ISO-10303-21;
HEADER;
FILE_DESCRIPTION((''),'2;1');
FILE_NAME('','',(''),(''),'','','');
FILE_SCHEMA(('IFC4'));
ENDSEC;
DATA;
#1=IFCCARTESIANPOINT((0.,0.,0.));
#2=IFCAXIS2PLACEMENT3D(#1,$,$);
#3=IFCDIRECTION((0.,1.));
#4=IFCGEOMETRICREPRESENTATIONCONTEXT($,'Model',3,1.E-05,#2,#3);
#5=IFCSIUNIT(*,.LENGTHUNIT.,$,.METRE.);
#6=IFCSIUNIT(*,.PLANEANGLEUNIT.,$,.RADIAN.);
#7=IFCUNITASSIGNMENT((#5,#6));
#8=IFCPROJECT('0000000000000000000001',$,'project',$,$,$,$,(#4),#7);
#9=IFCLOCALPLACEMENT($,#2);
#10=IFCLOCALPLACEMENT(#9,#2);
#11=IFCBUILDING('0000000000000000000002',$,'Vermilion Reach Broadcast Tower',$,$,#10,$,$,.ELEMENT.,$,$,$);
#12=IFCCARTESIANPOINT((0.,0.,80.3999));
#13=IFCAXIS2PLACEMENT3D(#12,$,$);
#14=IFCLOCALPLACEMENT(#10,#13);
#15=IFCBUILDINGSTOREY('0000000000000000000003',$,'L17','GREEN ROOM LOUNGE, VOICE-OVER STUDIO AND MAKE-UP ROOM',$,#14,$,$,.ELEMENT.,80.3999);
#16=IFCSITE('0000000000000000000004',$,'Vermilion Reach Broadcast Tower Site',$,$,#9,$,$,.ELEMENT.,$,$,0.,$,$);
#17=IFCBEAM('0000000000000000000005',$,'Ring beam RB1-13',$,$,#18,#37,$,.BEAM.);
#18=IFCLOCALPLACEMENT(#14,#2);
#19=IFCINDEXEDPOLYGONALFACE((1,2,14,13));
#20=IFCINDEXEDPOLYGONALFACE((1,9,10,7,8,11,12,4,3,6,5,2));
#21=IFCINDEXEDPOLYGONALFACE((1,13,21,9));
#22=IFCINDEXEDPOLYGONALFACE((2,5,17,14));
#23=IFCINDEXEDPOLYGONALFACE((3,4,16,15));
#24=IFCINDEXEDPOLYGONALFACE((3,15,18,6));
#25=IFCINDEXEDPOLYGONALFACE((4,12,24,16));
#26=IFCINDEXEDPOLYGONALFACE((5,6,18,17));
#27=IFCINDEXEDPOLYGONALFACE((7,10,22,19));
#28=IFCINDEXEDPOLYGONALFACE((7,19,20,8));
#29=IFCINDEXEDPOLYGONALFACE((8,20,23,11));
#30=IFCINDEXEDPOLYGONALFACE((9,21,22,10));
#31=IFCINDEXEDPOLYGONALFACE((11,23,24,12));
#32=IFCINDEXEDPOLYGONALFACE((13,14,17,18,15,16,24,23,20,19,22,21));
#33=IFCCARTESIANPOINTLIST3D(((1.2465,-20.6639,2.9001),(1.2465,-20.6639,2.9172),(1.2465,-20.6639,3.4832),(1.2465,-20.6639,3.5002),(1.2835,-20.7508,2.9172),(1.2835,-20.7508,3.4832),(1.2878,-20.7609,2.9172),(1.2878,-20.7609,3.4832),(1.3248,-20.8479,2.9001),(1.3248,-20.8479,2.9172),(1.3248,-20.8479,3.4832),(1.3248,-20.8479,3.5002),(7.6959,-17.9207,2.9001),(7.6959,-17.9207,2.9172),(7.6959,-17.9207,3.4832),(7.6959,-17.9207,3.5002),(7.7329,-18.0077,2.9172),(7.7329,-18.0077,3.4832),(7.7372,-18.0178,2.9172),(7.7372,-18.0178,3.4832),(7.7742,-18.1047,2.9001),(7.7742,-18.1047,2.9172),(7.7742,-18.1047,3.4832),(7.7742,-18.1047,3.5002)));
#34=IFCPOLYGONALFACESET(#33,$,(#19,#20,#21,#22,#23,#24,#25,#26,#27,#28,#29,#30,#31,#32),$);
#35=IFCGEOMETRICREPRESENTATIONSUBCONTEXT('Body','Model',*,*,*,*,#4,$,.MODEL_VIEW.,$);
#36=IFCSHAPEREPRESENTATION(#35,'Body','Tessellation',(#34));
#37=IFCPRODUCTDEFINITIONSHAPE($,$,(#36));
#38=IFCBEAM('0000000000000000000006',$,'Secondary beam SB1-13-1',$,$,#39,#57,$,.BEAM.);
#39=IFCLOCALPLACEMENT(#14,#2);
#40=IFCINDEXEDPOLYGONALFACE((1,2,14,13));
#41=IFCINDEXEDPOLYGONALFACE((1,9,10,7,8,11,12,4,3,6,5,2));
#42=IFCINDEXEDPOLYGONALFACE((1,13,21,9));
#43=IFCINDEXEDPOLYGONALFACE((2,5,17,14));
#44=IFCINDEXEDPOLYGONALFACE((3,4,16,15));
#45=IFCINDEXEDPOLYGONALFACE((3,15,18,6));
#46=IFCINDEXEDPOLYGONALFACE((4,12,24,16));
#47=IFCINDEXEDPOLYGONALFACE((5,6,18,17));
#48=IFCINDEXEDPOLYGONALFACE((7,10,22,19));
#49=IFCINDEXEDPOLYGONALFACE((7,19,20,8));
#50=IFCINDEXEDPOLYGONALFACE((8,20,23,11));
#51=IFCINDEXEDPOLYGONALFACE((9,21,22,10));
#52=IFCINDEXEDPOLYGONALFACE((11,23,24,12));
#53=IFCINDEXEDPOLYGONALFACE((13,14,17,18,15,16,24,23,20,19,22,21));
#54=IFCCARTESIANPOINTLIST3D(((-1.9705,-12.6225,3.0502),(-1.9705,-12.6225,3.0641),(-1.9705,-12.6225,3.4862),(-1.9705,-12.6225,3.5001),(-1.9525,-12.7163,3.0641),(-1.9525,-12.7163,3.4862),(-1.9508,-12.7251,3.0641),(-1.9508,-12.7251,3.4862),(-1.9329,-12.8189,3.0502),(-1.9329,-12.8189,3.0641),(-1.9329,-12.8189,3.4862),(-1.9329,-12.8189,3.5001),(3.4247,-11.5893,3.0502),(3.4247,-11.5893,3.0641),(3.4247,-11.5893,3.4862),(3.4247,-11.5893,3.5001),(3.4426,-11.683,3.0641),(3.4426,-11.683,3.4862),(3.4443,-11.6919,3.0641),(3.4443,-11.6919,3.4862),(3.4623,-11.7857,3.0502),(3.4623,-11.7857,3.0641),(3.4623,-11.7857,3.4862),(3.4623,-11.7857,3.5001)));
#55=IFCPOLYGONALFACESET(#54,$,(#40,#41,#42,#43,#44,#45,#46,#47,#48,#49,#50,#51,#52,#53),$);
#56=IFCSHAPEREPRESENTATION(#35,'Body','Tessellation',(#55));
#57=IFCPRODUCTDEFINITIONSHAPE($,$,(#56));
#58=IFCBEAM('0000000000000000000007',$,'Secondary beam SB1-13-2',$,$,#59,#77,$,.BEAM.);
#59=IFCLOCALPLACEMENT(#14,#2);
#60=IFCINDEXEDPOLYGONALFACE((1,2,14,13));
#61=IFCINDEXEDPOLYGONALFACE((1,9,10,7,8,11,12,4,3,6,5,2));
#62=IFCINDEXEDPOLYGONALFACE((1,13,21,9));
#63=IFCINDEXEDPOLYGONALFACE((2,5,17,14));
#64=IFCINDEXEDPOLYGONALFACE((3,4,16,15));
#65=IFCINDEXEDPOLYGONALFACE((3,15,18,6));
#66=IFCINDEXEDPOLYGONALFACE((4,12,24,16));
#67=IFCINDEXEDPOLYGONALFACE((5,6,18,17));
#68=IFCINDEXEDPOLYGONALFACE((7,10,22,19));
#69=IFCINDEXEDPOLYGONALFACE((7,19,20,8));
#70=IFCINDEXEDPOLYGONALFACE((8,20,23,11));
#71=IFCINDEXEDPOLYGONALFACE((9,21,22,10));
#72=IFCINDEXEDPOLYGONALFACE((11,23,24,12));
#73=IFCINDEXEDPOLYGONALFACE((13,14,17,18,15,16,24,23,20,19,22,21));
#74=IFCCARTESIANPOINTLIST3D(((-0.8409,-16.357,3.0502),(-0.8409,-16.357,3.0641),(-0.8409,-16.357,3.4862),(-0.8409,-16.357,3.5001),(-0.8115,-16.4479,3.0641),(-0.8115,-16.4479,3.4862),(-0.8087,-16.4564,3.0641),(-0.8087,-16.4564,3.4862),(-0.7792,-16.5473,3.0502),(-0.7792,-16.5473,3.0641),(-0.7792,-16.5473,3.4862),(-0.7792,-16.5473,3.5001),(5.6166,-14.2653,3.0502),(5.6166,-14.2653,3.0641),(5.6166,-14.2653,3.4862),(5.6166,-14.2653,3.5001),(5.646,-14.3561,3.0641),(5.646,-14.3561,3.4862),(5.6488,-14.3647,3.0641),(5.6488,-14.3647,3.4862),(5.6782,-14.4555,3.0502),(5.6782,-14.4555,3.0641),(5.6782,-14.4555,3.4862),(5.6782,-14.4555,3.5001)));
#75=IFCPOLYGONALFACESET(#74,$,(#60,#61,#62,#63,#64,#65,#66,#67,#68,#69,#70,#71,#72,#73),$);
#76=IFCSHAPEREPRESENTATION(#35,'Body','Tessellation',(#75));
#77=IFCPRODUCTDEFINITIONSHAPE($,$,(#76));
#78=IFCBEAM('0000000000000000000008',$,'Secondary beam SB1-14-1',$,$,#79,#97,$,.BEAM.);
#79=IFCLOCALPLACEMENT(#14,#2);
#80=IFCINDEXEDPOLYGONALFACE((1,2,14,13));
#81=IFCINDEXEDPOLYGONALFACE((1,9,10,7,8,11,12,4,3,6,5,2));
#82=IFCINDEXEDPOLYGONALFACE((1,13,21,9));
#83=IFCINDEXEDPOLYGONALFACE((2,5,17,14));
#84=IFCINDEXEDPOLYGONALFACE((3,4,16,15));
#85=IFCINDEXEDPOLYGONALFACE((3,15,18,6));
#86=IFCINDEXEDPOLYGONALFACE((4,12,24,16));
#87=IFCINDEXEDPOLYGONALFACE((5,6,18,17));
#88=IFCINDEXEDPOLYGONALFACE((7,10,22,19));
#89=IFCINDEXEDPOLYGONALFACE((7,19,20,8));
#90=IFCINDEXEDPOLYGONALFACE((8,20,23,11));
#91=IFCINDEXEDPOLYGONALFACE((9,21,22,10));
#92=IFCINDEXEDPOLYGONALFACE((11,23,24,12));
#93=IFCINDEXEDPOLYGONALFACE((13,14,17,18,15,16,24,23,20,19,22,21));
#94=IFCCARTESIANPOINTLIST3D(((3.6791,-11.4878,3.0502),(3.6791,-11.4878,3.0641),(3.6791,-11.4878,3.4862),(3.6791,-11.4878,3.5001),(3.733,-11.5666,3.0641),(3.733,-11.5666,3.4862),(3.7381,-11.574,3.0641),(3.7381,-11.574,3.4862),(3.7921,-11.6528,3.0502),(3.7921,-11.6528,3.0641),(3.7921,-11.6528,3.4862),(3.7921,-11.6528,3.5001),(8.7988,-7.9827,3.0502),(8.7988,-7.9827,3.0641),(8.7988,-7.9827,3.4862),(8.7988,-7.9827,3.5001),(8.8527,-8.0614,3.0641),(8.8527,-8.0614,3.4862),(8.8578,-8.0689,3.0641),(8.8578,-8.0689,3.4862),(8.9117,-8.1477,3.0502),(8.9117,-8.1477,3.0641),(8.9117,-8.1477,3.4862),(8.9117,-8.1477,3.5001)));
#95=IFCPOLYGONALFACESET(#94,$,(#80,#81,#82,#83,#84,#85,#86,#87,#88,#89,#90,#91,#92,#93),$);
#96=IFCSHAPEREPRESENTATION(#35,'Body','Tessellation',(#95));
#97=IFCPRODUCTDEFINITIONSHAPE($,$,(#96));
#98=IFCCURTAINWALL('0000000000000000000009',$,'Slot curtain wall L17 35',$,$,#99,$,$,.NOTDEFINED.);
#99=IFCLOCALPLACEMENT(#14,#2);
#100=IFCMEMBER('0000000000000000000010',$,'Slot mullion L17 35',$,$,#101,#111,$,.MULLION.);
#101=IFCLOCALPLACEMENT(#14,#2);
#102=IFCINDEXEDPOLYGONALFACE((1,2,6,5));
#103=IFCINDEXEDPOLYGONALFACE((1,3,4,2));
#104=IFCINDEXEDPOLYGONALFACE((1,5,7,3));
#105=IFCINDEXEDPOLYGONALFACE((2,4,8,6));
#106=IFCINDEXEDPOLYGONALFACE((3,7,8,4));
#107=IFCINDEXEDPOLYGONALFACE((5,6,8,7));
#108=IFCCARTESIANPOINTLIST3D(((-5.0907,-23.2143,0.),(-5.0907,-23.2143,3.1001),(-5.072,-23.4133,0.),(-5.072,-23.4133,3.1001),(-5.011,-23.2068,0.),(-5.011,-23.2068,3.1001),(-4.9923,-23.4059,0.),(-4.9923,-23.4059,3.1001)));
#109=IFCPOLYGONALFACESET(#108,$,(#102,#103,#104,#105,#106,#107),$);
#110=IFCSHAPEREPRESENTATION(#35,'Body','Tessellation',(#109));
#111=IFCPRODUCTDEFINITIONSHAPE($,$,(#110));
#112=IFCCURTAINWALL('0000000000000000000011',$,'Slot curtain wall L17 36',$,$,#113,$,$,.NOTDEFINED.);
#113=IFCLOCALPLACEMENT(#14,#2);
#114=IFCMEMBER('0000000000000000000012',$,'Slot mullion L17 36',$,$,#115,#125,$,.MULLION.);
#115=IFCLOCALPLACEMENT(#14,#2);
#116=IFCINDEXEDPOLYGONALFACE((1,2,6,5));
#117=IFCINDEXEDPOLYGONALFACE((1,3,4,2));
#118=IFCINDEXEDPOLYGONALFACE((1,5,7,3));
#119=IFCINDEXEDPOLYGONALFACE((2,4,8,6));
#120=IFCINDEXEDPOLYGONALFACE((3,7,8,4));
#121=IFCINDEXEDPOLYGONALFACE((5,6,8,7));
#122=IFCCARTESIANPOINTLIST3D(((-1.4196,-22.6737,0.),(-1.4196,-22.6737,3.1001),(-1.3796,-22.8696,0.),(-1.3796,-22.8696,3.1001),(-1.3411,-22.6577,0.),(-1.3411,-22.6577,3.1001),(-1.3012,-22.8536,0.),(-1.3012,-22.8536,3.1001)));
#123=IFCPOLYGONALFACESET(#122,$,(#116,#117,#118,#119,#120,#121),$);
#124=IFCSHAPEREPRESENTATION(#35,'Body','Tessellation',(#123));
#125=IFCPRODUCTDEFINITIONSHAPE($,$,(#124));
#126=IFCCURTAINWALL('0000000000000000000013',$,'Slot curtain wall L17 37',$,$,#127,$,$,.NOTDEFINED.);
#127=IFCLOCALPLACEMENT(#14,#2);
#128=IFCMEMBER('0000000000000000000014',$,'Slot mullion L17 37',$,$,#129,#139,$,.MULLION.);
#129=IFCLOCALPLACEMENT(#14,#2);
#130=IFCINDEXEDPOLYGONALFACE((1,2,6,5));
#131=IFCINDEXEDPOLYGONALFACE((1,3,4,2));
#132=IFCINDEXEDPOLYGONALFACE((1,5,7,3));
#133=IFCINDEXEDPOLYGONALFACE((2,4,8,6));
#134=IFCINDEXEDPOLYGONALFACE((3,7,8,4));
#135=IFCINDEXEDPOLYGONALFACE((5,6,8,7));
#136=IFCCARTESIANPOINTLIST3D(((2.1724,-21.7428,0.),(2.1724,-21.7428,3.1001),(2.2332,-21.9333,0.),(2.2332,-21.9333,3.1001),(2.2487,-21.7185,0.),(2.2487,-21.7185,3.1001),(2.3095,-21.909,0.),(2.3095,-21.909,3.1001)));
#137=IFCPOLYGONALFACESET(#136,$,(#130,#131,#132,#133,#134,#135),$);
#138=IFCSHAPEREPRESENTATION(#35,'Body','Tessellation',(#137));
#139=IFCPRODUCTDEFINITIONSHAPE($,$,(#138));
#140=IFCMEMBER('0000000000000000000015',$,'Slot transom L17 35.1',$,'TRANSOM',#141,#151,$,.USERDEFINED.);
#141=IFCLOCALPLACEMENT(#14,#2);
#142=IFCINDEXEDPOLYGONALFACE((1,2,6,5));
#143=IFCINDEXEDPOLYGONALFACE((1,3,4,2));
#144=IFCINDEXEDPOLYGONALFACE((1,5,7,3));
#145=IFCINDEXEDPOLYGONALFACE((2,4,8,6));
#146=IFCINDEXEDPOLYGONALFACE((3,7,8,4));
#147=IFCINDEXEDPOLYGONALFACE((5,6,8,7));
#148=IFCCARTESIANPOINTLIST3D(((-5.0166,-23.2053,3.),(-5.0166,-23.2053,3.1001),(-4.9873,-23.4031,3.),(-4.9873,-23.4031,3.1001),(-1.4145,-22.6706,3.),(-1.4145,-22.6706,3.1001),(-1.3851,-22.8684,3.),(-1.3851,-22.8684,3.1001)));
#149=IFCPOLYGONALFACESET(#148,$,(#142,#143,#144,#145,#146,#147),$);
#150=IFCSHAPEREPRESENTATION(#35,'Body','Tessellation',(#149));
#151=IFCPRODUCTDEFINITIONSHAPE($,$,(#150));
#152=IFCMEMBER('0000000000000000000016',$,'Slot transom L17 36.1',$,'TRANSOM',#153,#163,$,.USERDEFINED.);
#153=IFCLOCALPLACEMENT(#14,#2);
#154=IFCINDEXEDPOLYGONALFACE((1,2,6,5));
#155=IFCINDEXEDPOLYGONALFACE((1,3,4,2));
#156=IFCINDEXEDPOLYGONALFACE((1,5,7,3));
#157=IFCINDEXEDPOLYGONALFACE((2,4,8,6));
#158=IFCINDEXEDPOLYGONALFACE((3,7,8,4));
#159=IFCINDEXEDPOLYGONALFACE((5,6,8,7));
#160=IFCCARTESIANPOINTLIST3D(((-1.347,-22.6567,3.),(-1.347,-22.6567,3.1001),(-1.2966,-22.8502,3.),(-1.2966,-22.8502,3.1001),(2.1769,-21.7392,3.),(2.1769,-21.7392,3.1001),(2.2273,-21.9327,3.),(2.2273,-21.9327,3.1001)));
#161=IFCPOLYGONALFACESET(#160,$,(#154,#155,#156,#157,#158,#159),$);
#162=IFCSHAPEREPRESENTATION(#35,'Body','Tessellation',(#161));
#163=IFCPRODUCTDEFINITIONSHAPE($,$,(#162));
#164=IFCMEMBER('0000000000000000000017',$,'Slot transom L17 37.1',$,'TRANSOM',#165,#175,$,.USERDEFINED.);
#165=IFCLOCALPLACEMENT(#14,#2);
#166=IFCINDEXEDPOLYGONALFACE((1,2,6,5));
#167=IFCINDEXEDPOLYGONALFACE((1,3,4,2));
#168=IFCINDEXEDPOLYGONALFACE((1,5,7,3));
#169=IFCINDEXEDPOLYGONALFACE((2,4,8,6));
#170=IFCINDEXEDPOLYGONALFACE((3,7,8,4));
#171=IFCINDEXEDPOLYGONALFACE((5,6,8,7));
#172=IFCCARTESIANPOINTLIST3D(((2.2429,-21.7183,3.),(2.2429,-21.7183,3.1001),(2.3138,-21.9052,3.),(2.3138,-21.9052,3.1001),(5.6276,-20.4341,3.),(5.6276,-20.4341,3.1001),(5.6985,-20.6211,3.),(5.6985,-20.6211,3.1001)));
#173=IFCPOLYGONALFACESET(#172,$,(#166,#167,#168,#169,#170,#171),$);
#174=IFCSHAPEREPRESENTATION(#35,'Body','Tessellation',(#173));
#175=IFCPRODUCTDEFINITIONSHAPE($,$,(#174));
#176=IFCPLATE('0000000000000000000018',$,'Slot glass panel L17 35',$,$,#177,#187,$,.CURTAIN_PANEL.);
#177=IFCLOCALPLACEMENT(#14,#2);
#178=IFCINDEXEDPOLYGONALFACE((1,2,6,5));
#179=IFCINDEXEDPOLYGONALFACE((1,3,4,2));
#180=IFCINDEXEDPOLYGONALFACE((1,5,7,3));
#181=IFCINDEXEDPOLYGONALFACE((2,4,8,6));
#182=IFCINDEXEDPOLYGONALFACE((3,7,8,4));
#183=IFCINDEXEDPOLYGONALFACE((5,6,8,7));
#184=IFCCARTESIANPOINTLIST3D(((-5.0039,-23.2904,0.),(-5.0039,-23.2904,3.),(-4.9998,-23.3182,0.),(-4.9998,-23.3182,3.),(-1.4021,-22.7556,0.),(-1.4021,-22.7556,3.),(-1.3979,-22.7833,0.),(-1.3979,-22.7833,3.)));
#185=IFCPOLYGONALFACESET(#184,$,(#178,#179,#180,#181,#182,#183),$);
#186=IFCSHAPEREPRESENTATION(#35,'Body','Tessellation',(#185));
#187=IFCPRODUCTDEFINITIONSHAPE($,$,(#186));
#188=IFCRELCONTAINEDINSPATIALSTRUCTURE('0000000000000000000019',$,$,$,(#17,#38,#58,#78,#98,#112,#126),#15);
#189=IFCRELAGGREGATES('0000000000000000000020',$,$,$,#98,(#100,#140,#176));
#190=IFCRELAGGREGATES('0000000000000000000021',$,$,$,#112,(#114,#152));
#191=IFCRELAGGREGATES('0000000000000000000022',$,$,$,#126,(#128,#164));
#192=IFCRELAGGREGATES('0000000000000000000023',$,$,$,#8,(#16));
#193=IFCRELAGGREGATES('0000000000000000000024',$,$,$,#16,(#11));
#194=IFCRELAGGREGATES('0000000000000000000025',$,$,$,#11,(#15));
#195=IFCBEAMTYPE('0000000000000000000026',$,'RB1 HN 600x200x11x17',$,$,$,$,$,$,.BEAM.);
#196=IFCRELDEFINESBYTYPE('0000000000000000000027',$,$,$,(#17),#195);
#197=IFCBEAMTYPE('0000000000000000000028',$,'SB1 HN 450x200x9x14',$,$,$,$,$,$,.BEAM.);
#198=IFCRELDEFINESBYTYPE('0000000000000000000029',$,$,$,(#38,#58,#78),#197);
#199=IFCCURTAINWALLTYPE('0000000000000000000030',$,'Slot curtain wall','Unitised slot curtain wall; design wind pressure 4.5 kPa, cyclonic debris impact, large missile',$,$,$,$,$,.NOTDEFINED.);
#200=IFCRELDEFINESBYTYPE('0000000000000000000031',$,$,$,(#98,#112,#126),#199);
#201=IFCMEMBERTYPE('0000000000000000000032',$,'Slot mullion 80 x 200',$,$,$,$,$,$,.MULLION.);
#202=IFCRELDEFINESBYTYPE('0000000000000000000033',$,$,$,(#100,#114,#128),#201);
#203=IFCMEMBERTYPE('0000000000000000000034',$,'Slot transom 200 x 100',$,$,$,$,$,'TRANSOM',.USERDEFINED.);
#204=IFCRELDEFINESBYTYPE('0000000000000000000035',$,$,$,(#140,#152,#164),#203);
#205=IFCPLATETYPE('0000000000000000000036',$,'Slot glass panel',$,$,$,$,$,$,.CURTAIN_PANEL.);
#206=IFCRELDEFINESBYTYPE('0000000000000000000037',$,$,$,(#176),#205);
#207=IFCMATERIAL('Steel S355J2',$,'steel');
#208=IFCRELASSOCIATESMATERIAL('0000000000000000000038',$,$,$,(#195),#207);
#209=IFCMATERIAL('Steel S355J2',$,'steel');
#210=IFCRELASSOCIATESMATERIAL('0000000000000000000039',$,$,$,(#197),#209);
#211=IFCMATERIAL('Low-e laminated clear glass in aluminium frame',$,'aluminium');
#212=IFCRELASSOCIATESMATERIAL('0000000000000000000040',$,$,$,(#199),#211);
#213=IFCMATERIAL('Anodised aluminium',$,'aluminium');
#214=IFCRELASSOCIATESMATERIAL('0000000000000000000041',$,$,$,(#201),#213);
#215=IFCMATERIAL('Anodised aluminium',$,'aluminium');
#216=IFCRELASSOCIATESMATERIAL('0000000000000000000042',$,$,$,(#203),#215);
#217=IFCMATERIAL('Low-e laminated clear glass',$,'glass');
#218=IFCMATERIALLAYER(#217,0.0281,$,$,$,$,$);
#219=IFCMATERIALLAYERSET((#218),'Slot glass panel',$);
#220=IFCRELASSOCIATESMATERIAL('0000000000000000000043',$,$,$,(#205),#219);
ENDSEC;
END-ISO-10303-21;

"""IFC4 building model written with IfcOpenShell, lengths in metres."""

from ifc_helpers import new_model, si_unit, direction, frame, origin, origin_2d, place, context, subcontext, project, spatial, rectangle, i_section, extrude, material, layer, layer_set, material_profile, profile_set, type_object, element, aggregate, save


model = new_model("IFC4")

# Units and contexts
model_context = context("Model", 3, precision=1e-05, world=origin(), true_north=direction((0.0, 1.0)))
body_context = subcontext(model_context, "Body", "Model", "MODEL_VIEW")
ifc_project = project(units=[si_unit("LENGTHUNIT", "METRE"), si_unit("PLANEANGLEUNIT", "RADIAN")], contexts=[model_context])

# Site, building, storey
site_placement = place(None, origin())
site = spatial("IfcSite", under=ifc_project, at=site_placement, Name="Vermilion Reach Broadcast Tower Site", CompositionType="ELEMENT", RefElevation=0.0)
building_placement = place(site_placement, origin())
building = spatial("IfcBuilding", under=site, at=building_placement, Name="Vermilion Reach Broadcast Tower", CompositionType="ELEMENT")
storey_placement = place(building_placement, frame((0.0, 0.0, 80.3999)))
storey = spatial("IfcBuildingStorey", under=building, at=storey_placement, Name="L17", Description="GREEN ROOM LOUNGE, VOICE-OVER STUDIO AND MAKE-UP ROOM", CompositionType="ELEMENT", Elevation=80.3999)

# Beams
ifc_material_1 = material(Name="Steel S355J2", Category="steel")
ifc_material_profile_1 = material_profile(ifc_material_1, i_section(OverallWidth=0.2, OverallDepth=0.6001, WebThickness=0.011, FlangeThickness=0.0171, at=origin_2d()), Name="S355J2 HN 600x200x11x17")
ifc_profile_set_1 = profile_set([ifc_material_profile_1], Name="Steel S355J2")
beam_type_1 = type_object("IfcBeamType", Name="RB1 HN 600x200x11x17", PredefinedType="BEAM", material=ifc_profile_set_1)
beam_1_placement = place(storey_placement, frame((1.2856, -20.7559, 3.2002), z_axis=(0.920221, 0.3914, 0.0), x_axis=(-0.3914, 0.920221, 0.0)))
element("IfcBeam", 1, at=beam_1_placement, inside=storey, type_object=beam_type_1, Name="Ring beam RB1-13", PredefinedType="BEAM", context=body_context, shape_type="SweptSolid", body=[
    extrude(i_section(OverallWidth=0.2, OverallDepth=0.6001, WebThickness=0.011, FlangeThickness=0.0171, at=origin_2d()), origin(), (0.0, 0.0, 1.0), 7.0085),
])
ifc_material_2 = material(Name="Steel S355J2", Category="steel")
ifc_material_profile_2 = material_profile(ifc_material_2, i_section(OverallWidth=0.2, OverallDepth=0.45, WebThickness=0.009, FlangeThickness=0.0139, at=origin_2d()), Name="S355J2 HN 450x200x9x14")
ifc_profile_set_2 = profile_set([ifc_material_profile_2], Name="Steel S355J2")
beam_type_2 = type_object("IfcBeamType", Name="SB1 HN 450x200x9x14", PredefinedType="BEAM", material=ifc_profile_set_2)
beam_2_placement = place(storey_placement, frame((-1.9517, -12.7207, 3.2751), z_axis=(0.982151, 0.188092, 0.0), x_axis=(-0.188092, 0.982151, 0.0)))
element("IfcBeam", 2, at=beam_2_placement, inside=storey, type_object=beam_type_2, Name="Secondary beam SB1-13-1", PredefinedType="BEAM", context=body_context, shape_type="SweptSolid", body=[
    extrude(i_section(OverallWidth=0.2, OverallDepth=0.45, WebThickness=0.009, FlangeThickness=0.0139, at=origin_2d()), origin(), (0.0, 0.0, 1.0), 5.4932),
])
beam_3_placement = place(storey_placement, frame((-0.8101, -16.4521, 3.2751), z_axis=(0.951332, 0.308167, 0.0), x_axis=(-0.308167, 0.951332, 0.0)))
element("IfcBeam", 3, at=beam_3_placement, inside=storey, type_object=beam_type_2, Name="Secondary beam SB1-13-2", PredefinedType="BEAM", context=body_context, shape_type="SweptSolid", body=[
    extrude(i_section(OverallWidth=0.2, OverallDepth=0.45, WebThickness=0.009, FlangeThickness=0.0139, at=origin_2d()), origin(), (0.0, 0.0, 1.0), 6.7878),
])
beam_4_placement = place(storey_placement, frame((3.7356, -11.5703, 3.2751), z_axis=(0.82514, 0.564928, 0.0), x_axis=(-0.564928, 0.82514, 0.0)))
element("IfcBeam", 4, at=beam_4_placement, inside=storey, type_object=beam_type_2, Name="Secondary beam SB1-14-1", PredefinedType="BEAM", context=body_context, shape_type="SweptSolid", body=[
    extrude(i_section(OverallWidth=0.2, OverallDepth=0.45, WebThickness=0.009, FlangeThickness=0.0139, at=origin_2d()), origin(), (0.0, 0.0, 1.0), 6.2046),
])

# Curtain walls, members
ifc_material_3 = material(Name="Low-e laminated clear glass in aluminium frame", Category="aluminium")
curtain_wall_type = type_object("IfcCurtainWallType", Name="Slot curtain wall", Description="Unitised slot curtain wall; design wind pressure 4.5 kPa, cyclonic debris impact, large missile", PredefinedType="NOTDEFINED", material=ifc_material_3)
placement = place(storey_placement, origin())
curtain_wall_1 = element("IfcCurtainWall", 5, at=placement, inside=storey, type_object=curtain_wall_type, Name="Slot curtain wall L17 35", PredefinedType="NOTDEFINED")
ifc_material_4 = material(Name="Anodised aluminium", Category="aluminium")
ifc_material_profile_3 = material_profile(ifc_material_4, rectangle(XDim=0.2, YDim=0.0801, at=origin_2d()), Name="Slot mullion 80 x 200")
ifc_profile_set_3 = profile_set([ifc_material_profile_3], Name="Anodised aluminium")
member_type_1 = type_object("IfcMemberType", Name="Slot mullion 80 x 200", PredefinedType="MULLION", material=ifc_profile_set_3)
member_1_placement = place(storey_placement, frame((-5.0415, -23.3101, 0.0), z_axis=(0.0, 0.0, 1.0), x_axis=(-0.09331, 0.995637, 0.0)))
member_1 = element("IfcMember", 6, at=member_1_placement, type_object=member_type_1, Name="Slot mullion L17 35", PredefinedType="MULLION", context=body_context, shape_type="SweptSolid", body=[
    extrude(rectangle(XDim=0.2, YDim=0.0801, at=origin_2d()), origin(), (0.0, 0.0, 1.0), 3.1001),
])
curtain_wall_2 = element("IfcCurtainWall", 7, at=placement, inside=storey, type_object=curtain_wall_type, Name="Slot curtain wall L17 36", PredefinedType="NOTDEFINED")
member_2_placement = place(storey_placement, frame((-1.3604, -22.7637, 0.0), z_axis=(0.0, 0.0, 1.0), x_axis=(-0.19971, 0.979855, 0.0)))
member_2 = element("IfcMember", 8, at=member_2_placement, type_object=member_type_1, Name="Slot mullion L17 36", PredefinedType="MULLION", context=body_context, shape_type="SweptSolid", body=[
    extrude(rectangle(XDim=0.2, YDim=0.0801, at=origin_2d()), origin(), (0.0, 0.0, 1.0), 3.1001),
])
curtain_wall_3 = element("IfcCurtainWall", 9, at=placement, inside=storey, type_object=curtain_wall_type, Name="Slot curtain wall L17 37", PredefinedType="NOTDEFINED")
member_3_placement = place(storey_placement, frame((2.241, -21.8259, 0.0), z_axis=(0.0, 0.0, 1.0), x_axis=(-0.303799, 0.952736, 0.0)))
member_3 = element("IfcMember", 10, at=member_3_placement, type_object=member_type_1, Name="Slot mullion L17 37", PredefinedType="MULLION", context=body_context, shape_type="SweptSolid", body=[
    extrude(rectangle(XDim=0.2, YDim=0.0801, at=origin_2d()), origin(), (0.0, 0.0, 1.0), 3.1001),
])

# Members
ifc_material_5 = material(Name="Anodised aluminium", Category="aluminium")
ifc_material_profile_4 = material_profile(ifc_material_5, rectangle(XDim=0.2, YDim=0.1001, at=origin_2d()), Name="Slot transom 200 x 100")
ifc_profile_set_4 = profile_set([ifc_material_profile_4], Name="Anodised aluminium")
member_type_2 = type_object("IfcMemberType", Name="Slot transom 200 x 100", ElementType="TRANSOM", PredefinedType="USERDEFINED", material=ifc_profile_set_4)
member_4_placement = place(storey_placement, frame((-5.002, -23.3042, 3.05), z_axis=(0.989162, 0.146826, 0.0), x_axis=(-0.146826, 0.989162, 0.0)))
member_4 = element("IfcMember", 11, at=member_4_placement, type_object=member_type_2, Name="Slot transom L17 35.1", ObjectType="TRANSOM", PredefinedType="USERDEFINED", context=body_context, shape_type="SweptSolid", body=[
    extrude(rectangle(XDim=0.2, YDim=0.1001, at=origin_2d()), origin(), (0.0, 0.0, 1.0), 3.6416),
])
member_5_placement = place(storey_placement, frame((-1.3218, -22.7534, 3.05), z_axis=(0.967738, 0.251958, 0.0), x_axis=(-0.251958, 0.967738, 0.0)))
member_5 = element("IfcMember", 12, at=member_5_placement, type_object=member_type_2, Name="Slot transom L17 36.1", ObjectType="TRANSOM", PredefinedType="USERDEFINED", context=body_context, shape_type="SweptSolid", body=[
    extrude(rectangle(XDim=0.2, YDim=0.1001, at=origin_2d()), origin(), (0.0, 0.0, 1.0), 3.6414),
])
member_6_placement = place(storey_placement, frame((2.2783, -21.8118, 3.05), z_axis=(0.93497, 0.354727, 0.0), x_axis=(-0.354727, 0.93497, 0.0)))
member_6 = element("IfcMember", 13, at=member_6_placement, type_object=member_type_2, Name="Slot transom L17 37.1", ObjectType="TRANSOM", PredefinedType="USERDEFINED", context=body_context, shape_type="SweptSolid", body=[
    extrude(rectangle(XDim=0.2, YDim=0.1001, at=origin_2d()), origin(), (0.0, 0.0, 1.0), 3.6201),
])

# Plate
ifc_material_6 = material(Name="Low-e laminated clear glass", Category="glass")
ifc_layer_1 = layer(ifc_material_6, 0.0281)
ifc_layer_set_1 = layer_set([ifc_layer_1], Name="Slot glass panel")
plate_type = type_object("IfcPlateType", Name="Slot glass panel", PredefinedType="CURTAIN_PANEL", material=ifc_layer_set_1)
plate_1_placement = place(storey_placement, frame((-3.2009, -23.0369, 0.0), z_axis=(0.0, 0.0, 1.0), x_axis=(0.989156, 0.146872, 0.0)))
plate_1 = element("IfcPlate", 14, at=plate_1_placement, type_object=plate_type, Name="Slot glass panel L17 35", PredefinedType="CURTAIN_PANEL", context=body_context, shape_type="SweptSolid", body=[
    extrude(rectangle(XDim=3.6414, YDim=0.0281, at=origin_2d()), origin(), (0.0, 0.0, 1.0), 3.0),
])
aggregate(curtain_wall_1, [member_1, member_4, plate_1])
aggregate(curtain_wall_2, [member_2, member_5])
aggregate(curtain_wall_3, [member_3, member_6])

save(model, "model.ifc")
